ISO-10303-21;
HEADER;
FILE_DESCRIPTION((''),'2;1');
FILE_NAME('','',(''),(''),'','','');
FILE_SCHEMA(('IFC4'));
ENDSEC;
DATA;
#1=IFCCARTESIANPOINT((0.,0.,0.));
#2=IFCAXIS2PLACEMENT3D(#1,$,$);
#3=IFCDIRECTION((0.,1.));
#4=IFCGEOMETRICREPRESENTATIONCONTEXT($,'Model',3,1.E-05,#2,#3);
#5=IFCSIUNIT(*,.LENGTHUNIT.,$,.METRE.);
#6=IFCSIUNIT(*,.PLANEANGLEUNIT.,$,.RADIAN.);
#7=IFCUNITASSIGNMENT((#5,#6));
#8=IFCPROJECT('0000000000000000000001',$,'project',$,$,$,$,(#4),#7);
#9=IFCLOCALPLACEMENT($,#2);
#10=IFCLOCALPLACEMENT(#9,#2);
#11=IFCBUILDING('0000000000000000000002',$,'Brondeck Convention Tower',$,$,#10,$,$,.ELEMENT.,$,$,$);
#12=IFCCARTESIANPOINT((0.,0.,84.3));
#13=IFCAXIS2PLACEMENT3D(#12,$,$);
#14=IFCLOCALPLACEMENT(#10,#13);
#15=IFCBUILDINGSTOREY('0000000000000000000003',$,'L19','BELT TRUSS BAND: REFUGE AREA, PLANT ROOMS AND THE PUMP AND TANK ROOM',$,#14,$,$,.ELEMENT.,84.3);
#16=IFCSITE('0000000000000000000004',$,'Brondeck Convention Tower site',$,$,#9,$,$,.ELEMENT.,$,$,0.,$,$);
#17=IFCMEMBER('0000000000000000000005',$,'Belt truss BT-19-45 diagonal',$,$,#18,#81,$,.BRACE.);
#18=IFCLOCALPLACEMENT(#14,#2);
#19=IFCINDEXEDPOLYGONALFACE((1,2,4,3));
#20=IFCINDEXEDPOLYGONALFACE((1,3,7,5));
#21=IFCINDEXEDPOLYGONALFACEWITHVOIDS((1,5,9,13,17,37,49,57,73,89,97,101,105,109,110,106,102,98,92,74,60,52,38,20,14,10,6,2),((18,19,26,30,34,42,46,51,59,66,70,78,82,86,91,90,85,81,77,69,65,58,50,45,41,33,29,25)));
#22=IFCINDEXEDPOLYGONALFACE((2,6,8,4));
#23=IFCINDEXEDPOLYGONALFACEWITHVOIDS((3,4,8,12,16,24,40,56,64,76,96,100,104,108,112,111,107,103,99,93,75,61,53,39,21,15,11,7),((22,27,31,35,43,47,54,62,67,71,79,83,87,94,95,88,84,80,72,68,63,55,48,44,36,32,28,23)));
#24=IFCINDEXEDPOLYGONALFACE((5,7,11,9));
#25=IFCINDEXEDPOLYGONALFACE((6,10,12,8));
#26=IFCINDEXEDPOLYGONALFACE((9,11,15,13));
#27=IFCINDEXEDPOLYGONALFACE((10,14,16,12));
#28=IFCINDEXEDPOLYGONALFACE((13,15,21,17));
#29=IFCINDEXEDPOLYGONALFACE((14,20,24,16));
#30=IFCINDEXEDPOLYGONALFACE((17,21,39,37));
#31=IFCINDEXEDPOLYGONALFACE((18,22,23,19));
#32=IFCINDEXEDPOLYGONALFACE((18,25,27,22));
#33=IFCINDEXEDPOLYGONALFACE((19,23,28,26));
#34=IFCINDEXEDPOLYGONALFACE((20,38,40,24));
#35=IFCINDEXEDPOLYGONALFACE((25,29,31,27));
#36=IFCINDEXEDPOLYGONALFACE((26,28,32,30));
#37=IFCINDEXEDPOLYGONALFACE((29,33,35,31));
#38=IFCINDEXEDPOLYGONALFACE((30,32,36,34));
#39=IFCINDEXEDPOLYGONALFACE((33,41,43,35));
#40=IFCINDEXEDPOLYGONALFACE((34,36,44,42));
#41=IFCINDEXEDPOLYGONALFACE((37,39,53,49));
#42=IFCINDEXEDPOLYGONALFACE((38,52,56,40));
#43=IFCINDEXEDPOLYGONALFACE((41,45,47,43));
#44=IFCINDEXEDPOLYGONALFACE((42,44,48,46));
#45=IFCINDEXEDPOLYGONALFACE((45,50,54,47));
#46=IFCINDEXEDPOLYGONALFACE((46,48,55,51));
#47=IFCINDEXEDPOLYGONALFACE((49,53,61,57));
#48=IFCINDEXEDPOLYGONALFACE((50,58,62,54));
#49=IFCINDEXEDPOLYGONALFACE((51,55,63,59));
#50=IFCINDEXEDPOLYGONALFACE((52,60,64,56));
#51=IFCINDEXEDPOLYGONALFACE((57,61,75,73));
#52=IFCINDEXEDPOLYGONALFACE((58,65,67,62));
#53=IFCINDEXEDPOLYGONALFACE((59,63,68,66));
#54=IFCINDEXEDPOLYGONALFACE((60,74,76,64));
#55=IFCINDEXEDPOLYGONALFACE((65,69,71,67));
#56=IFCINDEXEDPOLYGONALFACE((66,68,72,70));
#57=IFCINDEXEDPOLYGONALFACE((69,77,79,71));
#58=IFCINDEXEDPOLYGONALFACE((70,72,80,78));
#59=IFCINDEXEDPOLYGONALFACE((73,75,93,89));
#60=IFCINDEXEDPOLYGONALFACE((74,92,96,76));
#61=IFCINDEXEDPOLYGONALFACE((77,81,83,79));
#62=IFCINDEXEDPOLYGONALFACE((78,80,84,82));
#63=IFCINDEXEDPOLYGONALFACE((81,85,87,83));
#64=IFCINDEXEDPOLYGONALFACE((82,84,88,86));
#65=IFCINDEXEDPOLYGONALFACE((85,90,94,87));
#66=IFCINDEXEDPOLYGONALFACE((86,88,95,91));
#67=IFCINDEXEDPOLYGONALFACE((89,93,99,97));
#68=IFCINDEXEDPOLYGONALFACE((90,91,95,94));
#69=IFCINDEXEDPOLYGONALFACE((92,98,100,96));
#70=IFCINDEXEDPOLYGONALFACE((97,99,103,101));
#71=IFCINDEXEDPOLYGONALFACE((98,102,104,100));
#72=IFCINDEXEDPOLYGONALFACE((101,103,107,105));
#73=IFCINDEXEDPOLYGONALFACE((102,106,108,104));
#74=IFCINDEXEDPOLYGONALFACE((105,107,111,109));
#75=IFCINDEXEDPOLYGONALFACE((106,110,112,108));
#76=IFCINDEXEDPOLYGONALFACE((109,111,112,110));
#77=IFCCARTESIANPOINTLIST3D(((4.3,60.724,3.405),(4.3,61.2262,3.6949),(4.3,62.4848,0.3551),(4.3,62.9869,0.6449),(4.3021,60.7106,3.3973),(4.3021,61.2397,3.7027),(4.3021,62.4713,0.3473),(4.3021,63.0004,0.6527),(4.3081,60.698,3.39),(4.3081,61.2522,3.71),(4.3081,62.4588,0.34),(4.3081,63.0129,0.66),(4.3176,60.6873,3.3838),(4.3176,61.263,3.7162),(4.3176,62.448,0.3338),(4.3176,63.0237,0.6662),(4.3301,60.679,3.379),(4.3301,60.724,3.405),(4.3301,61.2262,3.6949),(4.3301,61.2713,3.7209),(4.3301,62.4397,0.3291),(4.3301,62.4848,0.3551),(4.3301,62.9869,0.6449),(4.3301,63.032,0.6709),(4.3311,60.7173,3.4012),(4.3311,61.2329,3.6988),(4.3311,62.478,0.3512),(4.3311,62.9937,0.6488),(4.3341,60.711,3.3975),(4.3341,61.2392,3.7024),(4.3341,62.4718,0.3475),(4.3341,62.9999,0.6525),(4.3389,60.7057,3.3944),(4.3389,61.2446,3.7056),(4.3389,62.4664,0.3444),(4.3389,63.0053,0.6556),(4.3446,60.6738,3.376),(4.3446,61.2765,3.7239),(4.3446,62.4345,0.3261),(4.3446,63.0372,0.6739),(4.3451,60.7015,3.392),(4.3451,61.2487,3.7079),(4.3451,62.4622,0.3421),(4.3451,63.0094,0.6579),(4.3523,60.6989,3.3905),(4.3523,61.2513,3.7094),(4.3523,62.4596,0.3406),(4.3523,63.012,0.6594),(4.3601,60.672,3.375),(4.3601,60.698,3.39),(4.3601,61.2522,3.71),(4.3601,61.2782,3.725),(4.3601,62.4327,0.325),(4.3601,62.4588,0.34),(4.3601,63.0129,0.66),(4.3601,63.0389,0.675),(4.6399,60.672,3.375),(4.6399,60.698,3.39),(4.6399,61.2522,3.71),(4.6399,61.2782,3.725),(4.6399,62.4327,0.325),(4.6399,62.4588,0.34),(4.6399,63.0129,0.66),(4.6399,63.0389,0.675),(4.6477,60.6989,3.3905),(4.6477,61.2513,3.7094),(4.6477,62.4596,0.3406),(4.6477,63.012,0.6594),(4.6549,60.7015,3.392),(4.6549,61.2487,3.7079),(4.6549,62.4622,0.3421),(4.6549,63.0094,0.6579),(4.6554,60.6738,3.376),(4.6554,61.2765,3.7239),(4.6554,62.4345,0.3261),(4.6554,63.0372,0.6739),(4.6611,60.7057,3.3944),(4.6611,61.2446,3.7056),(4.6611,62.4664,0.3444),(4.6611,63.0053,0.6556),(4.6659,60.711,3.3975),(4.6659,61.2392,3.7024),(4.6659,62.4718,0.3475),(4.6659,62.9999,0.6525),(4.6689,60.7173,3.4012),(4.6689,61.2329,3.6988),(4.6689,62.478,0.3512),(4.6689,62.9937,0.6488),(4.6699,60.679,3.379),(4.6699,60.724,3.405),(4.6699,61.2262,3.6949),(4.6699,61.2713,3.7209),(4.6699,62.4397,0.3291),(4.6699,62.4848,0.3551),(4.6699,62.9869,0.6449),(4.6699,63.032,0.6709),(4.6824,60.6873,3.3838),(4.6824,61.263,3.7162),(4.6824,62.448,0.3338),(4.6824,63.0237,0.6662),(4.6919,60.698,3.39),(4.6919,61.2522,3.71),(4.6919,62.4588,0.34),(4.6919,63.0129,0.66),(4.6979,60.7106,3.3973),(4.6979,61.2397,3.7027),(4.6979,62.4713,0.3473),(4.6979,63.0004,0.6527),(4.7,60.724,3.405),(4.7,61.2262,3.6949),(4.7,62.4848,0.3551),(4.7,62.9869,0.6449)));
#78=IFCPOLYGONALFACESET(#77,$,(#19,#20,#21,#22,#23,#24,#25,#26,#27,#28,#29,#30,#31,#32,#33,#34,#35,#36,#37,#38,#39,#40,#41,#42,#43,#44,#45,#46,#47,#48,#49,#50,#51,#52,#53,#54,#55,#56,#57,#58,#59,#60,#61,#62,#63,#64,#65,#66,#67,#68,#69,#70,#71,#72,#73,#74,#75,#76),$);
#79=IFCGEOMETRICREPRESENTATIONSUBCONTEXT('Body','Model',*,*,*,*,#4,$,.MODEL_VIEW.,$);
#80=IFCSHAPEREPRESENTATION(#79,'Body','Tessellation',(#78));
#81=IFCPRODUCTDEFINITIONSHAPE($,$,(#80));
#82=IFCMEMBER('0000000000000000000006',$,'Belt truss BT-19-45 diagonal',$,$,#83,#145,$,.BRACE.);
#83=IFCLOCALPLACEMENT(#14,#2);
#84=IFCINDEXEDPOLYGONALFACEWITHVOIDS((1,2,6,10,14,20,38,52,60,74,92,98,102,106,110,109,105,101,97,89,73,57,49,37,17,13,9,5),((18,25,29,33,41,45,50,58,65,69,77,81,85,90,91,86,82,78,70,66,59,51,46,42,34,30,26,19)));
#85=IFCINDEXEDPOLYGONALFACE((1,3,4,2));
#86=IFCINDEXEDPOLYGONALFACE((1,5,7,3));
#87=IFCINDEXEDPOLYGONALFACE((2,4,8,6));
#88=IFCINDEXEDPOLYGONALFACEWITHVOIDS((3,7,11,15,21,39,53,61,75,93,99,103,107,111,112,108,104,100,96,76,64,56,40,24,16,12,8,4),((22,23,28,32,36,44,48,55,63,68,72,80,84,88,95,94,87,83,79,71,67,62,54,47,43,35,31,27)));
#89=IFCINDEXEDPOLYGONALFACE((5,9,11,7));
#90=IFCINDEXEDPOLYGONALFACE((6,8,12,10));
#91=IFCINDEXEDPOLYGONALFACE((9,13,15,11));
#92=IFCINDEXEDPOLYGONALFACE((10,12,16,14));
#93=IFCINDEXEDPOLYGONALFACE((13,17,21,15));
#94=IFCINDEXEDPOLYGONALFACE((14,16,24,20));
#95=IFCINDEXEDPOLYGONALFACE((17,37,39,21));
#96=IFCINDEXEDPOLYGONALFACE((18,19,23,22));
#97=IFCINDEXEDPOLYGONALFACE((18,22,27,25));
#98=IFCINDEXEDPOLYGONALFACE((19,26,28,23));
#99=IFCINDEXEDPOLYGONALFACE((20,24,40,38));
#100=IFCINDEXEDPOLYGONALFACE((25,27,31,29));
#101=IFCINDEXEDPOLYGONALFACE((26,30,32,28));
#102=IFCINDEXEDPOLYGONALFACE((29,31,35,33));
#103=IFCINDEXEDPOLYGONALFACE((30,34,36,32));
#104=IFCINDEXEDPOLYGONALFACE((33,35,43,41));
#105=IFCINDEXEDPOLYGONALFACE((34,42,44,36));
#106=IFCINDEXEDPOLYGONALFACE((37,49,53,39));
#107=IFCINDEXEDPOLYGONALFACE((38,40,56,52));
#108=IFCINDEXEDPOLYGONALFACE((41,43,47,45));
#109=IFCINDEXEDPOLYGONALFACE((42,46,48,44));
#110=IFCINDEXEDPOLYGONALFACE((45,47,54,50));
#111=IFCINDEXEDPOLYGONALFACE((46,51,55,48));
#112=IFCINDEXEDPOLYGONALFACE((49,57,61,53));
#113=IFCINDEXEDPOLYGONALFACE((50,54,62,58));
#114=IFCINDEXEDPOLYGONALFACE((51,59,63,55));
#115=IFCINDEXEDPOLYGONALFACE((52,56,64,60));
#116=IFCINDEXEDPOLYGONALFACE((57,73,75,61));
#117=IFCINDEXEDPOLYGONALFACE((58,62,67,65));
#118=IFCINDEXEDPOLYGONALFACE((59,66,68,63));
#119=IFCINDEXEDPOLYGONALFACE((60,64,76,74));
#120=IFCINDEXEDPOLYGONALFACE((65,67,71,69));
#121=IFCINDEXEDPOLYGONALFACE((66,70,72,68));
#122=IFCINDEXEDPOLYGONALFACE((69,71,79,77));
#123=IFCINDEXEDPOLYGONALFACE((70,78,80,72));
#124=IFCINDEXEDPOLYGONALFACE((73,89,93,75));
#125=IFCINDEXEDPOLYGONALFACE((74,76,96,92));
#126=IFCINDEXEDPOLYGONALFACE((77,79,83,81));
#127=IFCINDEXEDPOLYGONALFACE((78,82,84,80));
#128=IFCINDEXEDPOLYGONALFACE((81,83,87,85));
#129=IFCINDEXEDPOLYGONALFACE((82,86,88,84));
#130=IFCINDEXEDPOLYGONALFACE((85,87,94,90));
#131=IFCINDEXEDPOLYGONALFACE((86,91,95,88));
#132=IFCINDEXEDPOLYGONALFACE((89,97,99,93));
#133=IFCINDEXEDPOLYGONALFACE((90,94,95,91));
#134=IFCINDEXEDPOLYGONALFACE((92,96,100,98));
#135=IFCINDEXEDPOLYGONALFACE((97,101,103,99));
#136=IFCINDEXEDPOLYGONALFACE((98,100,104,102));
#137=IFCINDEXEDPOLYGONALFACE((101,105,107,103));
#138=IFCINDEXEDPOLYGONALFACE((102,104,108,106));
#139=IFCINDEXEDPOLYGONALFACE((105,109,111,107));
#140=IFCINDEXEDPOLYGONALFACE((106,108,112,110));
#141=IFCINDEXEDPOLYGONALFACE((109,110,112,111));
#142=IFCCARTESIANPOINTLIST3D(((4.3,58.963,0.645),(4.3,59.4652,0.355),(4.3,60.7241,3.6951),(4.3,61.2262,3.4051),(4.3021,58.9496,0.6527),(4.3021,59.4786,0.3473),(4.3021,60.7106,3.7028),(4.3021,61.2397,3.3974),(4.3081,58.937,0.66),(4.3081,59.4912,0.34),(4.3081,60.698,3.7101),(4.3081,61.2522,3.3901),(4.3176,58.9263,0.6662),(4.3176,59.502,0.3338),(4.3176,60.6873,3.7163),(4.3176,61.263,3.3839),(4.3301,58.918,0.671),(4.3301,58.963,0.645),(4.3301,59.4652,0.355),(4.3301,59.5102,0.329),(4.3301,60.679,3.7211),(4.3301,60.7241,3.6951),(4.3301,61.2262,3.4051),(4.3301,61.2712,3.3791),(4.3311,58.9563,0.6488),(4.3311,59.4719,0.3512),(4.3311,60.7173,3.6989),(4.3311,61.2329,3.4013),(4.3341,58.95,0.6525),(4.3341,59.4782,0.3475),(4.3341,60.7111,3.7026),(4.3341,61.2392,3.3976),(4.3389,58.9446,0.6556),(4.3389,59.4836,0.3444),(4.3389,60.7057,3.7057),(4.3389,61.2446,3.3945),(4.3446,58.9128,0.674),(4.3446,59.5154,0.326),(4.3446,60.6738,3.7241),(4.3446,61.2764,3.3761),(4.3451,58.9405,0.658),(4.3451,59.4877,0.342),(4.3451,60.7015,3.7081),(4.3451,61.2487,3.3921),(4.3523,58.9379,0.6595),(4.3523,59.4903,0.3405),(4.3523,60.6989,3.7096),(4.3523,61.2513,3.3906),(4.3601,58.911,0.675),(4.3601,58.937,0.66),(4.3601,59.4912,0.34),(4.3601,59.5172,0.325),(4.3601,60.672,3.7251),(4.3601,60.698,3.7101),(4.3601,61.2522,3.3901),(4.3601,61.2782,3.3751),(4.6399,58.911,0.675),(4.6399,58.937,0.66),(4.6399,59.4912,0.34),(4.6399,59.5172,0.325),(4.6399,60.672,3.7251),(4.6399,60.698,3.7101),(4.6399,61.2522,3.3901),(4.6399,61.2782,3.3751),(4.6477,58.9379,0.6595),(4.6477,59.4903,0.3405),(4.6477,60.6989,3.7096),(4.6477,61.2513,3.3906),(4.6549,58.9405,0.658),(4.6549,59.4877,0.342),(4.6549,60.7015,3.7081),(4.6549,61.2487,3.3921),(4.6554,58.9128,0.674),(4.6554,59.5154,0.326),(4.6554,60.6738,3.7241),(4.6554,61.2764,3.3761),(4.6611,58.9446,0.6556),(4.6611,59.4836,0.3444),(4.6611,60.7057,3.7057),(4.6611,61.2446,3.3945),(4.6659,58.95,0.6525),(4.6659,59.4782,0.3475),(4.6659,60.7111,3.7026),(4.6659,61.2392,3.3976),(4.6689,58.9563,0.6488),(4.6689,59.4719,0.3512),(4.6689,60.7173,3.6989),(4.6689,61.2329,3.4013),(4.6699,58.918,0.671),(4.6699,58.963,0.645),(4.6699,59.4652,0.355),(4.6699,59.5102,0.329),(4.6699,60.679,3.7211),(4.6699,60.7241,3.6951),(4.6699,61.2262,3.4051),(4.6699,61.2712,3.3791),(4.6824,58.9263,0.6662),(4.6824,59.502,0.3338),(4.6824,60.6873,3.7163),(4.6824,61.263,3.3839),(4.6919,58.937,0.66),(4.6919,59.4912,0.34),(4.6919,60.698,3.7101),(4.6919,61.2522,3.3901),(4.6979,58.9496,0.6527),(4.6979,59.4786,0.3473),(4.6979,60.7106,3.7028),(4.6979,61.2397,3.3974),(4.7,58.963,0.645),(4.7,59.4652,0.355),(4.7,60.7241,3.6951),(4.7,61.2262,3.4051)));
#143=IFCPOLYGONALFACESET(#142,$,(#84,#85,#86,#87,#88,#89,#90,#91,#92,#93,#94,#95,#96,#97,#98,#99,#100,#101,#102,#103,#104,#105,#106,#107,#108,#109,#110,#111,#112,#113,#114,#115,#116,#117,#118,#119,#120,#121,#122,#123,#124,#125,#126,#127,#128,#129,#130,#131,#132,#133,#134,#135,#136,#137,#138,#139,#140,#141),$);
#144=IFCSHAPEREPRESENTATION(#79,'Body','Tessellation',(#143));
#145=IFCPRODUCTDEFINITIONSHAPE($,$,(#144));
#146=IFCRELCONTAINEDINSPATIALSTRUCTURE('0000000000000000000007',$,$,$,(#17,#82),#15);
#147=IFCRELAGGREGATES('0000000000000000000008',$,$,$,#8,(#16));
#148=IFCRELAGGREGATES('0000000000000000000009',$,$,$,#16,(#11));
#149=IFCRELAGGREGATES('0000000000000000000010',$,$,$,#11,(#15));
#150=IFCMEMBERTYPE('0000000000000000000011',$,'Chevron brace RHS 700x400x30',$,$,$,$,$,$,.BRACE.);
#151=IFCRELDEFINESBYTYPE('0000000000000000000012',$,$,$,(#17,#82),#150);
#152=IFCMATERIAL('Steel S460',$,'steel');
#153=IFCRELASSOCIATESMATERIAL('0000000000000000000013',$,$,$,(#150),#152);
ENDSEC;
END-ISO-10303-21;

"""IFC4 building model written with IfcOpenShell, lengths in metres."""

from ifc_helpers import new_model, si_unit, direction, frame, origin, origin_2d, place, context, subcontext, project, spatial, hollow_rectangle, extrude, material, material_profile, profile_set, type_object, element, save


model = new_model("IFC4")

# Units and contexts
model_context = context("Model", 3, precision=1e-05, world=origin(), true_north=direction((0.0, 1.0)))
body_context = subcontext(model_context, "Body", "Model", "MODEL_VIEW")
ifc_project = project(units=[si_unit("LENGTHUNIT", "METRE"), si_unit("PLANEANGLEUNIT", "RADIAN")], contexts=[model_context])

# Site, building, storey
site_placement = place(None, origin())
site = spatial("IfcSite", under=ifc_project, at=site_placement, Name="Brondeck Convention Tower site", CompositionType="ELEMENT", RefElevation=0.0)
building_placement = place(site_placement, origin())
building = spatial("IfcBuilding", under=site, at=building_placement, Name="Brondeck Convention Tower", CompositionType="ELEMENT")
storey_placement = place(building_placement, frame((0.0, 0.0, 84.3)))
storey = spatial("IfcBuildingStorey", under=building, at=storey_placement, Name="L19", Description="BELT TRUSS BAND: REFUGE AREA, PLANT ROOMS AND THE PUMP AND TANK ROOM", CompositionType="ELEMENT", Elevation=84.3)

# Members
ifc_material_1 = material(Name="Steel S460", Category="steel")
ifc_material_profile_1 = material_profile(ifc_material_1, hollow_rectangle(XDim=0.3999, YDim=0.7, WallThickness=0.03, InnerFilletRadius=0.03, OuterFilletRadius=0.0601, at=origin_2d()), Name="RHS 700x400x30")
ifc_profile_set_1 = profile_set([ifc_material_profile_1], Name="Steel S460")
member_type_1 = type_object("IfcMemberType", Name="Chevron brace RHS 700x400x30", PredefinedType="BRACE", material=ifc_profile_set_1)
member_placement = place(storey_placement, frame((4.5, 62.7358, 0.5), z_axis=(0.0, -0.499956, 0.866051), x_axis=(1.0, 0.0, 0.0)))
element("IfcMember", 1, at=member_placement, inside=storey, type_object=member_type_1, Name="Belt truss BT-19-45 diagonal", PredefinedType="BRACE", context=body_context, shape_type="SweptSolid", body=[
    extrude(hollow_rectangle(XDim=0.3999, YDim=0.7, WallThickness=0.03, InnerFilletRadius=0.03, OuterFilletRadius=0.0601, at=origin_2d()), origin(), (0.0, 0.0, 1.0), 3.5217),
])
for number, where, z_axis, x_axis, name in (
    (2, (4.5, 59.2141, 0.5), (0.0, 0.500008, 0.866021), (-1.0, 0.0, 0.0), "Belt truss BT-19-45 diagonal"),
):
    element("IfcMember", number, at=place(storey_placement, frame(where, z_axis=z_axis, x_axis=x_axis)), inside=storey, type_object=member_type_1, Name=name, PredefinedType="BRACE", context=body_context, shape_type="SweptSolid", body=[
        extrude(hollow_rectangle(XDim=0.3999, YDim=0.7, WallThickness=0.03, InnerFilletRadius=0.03, OuterFilletRadius=0.0601, at=origin_2d()), origin(), (0.0, 0.0, 1.0), 3.522),
    ])

save(model, "model.ifc")
